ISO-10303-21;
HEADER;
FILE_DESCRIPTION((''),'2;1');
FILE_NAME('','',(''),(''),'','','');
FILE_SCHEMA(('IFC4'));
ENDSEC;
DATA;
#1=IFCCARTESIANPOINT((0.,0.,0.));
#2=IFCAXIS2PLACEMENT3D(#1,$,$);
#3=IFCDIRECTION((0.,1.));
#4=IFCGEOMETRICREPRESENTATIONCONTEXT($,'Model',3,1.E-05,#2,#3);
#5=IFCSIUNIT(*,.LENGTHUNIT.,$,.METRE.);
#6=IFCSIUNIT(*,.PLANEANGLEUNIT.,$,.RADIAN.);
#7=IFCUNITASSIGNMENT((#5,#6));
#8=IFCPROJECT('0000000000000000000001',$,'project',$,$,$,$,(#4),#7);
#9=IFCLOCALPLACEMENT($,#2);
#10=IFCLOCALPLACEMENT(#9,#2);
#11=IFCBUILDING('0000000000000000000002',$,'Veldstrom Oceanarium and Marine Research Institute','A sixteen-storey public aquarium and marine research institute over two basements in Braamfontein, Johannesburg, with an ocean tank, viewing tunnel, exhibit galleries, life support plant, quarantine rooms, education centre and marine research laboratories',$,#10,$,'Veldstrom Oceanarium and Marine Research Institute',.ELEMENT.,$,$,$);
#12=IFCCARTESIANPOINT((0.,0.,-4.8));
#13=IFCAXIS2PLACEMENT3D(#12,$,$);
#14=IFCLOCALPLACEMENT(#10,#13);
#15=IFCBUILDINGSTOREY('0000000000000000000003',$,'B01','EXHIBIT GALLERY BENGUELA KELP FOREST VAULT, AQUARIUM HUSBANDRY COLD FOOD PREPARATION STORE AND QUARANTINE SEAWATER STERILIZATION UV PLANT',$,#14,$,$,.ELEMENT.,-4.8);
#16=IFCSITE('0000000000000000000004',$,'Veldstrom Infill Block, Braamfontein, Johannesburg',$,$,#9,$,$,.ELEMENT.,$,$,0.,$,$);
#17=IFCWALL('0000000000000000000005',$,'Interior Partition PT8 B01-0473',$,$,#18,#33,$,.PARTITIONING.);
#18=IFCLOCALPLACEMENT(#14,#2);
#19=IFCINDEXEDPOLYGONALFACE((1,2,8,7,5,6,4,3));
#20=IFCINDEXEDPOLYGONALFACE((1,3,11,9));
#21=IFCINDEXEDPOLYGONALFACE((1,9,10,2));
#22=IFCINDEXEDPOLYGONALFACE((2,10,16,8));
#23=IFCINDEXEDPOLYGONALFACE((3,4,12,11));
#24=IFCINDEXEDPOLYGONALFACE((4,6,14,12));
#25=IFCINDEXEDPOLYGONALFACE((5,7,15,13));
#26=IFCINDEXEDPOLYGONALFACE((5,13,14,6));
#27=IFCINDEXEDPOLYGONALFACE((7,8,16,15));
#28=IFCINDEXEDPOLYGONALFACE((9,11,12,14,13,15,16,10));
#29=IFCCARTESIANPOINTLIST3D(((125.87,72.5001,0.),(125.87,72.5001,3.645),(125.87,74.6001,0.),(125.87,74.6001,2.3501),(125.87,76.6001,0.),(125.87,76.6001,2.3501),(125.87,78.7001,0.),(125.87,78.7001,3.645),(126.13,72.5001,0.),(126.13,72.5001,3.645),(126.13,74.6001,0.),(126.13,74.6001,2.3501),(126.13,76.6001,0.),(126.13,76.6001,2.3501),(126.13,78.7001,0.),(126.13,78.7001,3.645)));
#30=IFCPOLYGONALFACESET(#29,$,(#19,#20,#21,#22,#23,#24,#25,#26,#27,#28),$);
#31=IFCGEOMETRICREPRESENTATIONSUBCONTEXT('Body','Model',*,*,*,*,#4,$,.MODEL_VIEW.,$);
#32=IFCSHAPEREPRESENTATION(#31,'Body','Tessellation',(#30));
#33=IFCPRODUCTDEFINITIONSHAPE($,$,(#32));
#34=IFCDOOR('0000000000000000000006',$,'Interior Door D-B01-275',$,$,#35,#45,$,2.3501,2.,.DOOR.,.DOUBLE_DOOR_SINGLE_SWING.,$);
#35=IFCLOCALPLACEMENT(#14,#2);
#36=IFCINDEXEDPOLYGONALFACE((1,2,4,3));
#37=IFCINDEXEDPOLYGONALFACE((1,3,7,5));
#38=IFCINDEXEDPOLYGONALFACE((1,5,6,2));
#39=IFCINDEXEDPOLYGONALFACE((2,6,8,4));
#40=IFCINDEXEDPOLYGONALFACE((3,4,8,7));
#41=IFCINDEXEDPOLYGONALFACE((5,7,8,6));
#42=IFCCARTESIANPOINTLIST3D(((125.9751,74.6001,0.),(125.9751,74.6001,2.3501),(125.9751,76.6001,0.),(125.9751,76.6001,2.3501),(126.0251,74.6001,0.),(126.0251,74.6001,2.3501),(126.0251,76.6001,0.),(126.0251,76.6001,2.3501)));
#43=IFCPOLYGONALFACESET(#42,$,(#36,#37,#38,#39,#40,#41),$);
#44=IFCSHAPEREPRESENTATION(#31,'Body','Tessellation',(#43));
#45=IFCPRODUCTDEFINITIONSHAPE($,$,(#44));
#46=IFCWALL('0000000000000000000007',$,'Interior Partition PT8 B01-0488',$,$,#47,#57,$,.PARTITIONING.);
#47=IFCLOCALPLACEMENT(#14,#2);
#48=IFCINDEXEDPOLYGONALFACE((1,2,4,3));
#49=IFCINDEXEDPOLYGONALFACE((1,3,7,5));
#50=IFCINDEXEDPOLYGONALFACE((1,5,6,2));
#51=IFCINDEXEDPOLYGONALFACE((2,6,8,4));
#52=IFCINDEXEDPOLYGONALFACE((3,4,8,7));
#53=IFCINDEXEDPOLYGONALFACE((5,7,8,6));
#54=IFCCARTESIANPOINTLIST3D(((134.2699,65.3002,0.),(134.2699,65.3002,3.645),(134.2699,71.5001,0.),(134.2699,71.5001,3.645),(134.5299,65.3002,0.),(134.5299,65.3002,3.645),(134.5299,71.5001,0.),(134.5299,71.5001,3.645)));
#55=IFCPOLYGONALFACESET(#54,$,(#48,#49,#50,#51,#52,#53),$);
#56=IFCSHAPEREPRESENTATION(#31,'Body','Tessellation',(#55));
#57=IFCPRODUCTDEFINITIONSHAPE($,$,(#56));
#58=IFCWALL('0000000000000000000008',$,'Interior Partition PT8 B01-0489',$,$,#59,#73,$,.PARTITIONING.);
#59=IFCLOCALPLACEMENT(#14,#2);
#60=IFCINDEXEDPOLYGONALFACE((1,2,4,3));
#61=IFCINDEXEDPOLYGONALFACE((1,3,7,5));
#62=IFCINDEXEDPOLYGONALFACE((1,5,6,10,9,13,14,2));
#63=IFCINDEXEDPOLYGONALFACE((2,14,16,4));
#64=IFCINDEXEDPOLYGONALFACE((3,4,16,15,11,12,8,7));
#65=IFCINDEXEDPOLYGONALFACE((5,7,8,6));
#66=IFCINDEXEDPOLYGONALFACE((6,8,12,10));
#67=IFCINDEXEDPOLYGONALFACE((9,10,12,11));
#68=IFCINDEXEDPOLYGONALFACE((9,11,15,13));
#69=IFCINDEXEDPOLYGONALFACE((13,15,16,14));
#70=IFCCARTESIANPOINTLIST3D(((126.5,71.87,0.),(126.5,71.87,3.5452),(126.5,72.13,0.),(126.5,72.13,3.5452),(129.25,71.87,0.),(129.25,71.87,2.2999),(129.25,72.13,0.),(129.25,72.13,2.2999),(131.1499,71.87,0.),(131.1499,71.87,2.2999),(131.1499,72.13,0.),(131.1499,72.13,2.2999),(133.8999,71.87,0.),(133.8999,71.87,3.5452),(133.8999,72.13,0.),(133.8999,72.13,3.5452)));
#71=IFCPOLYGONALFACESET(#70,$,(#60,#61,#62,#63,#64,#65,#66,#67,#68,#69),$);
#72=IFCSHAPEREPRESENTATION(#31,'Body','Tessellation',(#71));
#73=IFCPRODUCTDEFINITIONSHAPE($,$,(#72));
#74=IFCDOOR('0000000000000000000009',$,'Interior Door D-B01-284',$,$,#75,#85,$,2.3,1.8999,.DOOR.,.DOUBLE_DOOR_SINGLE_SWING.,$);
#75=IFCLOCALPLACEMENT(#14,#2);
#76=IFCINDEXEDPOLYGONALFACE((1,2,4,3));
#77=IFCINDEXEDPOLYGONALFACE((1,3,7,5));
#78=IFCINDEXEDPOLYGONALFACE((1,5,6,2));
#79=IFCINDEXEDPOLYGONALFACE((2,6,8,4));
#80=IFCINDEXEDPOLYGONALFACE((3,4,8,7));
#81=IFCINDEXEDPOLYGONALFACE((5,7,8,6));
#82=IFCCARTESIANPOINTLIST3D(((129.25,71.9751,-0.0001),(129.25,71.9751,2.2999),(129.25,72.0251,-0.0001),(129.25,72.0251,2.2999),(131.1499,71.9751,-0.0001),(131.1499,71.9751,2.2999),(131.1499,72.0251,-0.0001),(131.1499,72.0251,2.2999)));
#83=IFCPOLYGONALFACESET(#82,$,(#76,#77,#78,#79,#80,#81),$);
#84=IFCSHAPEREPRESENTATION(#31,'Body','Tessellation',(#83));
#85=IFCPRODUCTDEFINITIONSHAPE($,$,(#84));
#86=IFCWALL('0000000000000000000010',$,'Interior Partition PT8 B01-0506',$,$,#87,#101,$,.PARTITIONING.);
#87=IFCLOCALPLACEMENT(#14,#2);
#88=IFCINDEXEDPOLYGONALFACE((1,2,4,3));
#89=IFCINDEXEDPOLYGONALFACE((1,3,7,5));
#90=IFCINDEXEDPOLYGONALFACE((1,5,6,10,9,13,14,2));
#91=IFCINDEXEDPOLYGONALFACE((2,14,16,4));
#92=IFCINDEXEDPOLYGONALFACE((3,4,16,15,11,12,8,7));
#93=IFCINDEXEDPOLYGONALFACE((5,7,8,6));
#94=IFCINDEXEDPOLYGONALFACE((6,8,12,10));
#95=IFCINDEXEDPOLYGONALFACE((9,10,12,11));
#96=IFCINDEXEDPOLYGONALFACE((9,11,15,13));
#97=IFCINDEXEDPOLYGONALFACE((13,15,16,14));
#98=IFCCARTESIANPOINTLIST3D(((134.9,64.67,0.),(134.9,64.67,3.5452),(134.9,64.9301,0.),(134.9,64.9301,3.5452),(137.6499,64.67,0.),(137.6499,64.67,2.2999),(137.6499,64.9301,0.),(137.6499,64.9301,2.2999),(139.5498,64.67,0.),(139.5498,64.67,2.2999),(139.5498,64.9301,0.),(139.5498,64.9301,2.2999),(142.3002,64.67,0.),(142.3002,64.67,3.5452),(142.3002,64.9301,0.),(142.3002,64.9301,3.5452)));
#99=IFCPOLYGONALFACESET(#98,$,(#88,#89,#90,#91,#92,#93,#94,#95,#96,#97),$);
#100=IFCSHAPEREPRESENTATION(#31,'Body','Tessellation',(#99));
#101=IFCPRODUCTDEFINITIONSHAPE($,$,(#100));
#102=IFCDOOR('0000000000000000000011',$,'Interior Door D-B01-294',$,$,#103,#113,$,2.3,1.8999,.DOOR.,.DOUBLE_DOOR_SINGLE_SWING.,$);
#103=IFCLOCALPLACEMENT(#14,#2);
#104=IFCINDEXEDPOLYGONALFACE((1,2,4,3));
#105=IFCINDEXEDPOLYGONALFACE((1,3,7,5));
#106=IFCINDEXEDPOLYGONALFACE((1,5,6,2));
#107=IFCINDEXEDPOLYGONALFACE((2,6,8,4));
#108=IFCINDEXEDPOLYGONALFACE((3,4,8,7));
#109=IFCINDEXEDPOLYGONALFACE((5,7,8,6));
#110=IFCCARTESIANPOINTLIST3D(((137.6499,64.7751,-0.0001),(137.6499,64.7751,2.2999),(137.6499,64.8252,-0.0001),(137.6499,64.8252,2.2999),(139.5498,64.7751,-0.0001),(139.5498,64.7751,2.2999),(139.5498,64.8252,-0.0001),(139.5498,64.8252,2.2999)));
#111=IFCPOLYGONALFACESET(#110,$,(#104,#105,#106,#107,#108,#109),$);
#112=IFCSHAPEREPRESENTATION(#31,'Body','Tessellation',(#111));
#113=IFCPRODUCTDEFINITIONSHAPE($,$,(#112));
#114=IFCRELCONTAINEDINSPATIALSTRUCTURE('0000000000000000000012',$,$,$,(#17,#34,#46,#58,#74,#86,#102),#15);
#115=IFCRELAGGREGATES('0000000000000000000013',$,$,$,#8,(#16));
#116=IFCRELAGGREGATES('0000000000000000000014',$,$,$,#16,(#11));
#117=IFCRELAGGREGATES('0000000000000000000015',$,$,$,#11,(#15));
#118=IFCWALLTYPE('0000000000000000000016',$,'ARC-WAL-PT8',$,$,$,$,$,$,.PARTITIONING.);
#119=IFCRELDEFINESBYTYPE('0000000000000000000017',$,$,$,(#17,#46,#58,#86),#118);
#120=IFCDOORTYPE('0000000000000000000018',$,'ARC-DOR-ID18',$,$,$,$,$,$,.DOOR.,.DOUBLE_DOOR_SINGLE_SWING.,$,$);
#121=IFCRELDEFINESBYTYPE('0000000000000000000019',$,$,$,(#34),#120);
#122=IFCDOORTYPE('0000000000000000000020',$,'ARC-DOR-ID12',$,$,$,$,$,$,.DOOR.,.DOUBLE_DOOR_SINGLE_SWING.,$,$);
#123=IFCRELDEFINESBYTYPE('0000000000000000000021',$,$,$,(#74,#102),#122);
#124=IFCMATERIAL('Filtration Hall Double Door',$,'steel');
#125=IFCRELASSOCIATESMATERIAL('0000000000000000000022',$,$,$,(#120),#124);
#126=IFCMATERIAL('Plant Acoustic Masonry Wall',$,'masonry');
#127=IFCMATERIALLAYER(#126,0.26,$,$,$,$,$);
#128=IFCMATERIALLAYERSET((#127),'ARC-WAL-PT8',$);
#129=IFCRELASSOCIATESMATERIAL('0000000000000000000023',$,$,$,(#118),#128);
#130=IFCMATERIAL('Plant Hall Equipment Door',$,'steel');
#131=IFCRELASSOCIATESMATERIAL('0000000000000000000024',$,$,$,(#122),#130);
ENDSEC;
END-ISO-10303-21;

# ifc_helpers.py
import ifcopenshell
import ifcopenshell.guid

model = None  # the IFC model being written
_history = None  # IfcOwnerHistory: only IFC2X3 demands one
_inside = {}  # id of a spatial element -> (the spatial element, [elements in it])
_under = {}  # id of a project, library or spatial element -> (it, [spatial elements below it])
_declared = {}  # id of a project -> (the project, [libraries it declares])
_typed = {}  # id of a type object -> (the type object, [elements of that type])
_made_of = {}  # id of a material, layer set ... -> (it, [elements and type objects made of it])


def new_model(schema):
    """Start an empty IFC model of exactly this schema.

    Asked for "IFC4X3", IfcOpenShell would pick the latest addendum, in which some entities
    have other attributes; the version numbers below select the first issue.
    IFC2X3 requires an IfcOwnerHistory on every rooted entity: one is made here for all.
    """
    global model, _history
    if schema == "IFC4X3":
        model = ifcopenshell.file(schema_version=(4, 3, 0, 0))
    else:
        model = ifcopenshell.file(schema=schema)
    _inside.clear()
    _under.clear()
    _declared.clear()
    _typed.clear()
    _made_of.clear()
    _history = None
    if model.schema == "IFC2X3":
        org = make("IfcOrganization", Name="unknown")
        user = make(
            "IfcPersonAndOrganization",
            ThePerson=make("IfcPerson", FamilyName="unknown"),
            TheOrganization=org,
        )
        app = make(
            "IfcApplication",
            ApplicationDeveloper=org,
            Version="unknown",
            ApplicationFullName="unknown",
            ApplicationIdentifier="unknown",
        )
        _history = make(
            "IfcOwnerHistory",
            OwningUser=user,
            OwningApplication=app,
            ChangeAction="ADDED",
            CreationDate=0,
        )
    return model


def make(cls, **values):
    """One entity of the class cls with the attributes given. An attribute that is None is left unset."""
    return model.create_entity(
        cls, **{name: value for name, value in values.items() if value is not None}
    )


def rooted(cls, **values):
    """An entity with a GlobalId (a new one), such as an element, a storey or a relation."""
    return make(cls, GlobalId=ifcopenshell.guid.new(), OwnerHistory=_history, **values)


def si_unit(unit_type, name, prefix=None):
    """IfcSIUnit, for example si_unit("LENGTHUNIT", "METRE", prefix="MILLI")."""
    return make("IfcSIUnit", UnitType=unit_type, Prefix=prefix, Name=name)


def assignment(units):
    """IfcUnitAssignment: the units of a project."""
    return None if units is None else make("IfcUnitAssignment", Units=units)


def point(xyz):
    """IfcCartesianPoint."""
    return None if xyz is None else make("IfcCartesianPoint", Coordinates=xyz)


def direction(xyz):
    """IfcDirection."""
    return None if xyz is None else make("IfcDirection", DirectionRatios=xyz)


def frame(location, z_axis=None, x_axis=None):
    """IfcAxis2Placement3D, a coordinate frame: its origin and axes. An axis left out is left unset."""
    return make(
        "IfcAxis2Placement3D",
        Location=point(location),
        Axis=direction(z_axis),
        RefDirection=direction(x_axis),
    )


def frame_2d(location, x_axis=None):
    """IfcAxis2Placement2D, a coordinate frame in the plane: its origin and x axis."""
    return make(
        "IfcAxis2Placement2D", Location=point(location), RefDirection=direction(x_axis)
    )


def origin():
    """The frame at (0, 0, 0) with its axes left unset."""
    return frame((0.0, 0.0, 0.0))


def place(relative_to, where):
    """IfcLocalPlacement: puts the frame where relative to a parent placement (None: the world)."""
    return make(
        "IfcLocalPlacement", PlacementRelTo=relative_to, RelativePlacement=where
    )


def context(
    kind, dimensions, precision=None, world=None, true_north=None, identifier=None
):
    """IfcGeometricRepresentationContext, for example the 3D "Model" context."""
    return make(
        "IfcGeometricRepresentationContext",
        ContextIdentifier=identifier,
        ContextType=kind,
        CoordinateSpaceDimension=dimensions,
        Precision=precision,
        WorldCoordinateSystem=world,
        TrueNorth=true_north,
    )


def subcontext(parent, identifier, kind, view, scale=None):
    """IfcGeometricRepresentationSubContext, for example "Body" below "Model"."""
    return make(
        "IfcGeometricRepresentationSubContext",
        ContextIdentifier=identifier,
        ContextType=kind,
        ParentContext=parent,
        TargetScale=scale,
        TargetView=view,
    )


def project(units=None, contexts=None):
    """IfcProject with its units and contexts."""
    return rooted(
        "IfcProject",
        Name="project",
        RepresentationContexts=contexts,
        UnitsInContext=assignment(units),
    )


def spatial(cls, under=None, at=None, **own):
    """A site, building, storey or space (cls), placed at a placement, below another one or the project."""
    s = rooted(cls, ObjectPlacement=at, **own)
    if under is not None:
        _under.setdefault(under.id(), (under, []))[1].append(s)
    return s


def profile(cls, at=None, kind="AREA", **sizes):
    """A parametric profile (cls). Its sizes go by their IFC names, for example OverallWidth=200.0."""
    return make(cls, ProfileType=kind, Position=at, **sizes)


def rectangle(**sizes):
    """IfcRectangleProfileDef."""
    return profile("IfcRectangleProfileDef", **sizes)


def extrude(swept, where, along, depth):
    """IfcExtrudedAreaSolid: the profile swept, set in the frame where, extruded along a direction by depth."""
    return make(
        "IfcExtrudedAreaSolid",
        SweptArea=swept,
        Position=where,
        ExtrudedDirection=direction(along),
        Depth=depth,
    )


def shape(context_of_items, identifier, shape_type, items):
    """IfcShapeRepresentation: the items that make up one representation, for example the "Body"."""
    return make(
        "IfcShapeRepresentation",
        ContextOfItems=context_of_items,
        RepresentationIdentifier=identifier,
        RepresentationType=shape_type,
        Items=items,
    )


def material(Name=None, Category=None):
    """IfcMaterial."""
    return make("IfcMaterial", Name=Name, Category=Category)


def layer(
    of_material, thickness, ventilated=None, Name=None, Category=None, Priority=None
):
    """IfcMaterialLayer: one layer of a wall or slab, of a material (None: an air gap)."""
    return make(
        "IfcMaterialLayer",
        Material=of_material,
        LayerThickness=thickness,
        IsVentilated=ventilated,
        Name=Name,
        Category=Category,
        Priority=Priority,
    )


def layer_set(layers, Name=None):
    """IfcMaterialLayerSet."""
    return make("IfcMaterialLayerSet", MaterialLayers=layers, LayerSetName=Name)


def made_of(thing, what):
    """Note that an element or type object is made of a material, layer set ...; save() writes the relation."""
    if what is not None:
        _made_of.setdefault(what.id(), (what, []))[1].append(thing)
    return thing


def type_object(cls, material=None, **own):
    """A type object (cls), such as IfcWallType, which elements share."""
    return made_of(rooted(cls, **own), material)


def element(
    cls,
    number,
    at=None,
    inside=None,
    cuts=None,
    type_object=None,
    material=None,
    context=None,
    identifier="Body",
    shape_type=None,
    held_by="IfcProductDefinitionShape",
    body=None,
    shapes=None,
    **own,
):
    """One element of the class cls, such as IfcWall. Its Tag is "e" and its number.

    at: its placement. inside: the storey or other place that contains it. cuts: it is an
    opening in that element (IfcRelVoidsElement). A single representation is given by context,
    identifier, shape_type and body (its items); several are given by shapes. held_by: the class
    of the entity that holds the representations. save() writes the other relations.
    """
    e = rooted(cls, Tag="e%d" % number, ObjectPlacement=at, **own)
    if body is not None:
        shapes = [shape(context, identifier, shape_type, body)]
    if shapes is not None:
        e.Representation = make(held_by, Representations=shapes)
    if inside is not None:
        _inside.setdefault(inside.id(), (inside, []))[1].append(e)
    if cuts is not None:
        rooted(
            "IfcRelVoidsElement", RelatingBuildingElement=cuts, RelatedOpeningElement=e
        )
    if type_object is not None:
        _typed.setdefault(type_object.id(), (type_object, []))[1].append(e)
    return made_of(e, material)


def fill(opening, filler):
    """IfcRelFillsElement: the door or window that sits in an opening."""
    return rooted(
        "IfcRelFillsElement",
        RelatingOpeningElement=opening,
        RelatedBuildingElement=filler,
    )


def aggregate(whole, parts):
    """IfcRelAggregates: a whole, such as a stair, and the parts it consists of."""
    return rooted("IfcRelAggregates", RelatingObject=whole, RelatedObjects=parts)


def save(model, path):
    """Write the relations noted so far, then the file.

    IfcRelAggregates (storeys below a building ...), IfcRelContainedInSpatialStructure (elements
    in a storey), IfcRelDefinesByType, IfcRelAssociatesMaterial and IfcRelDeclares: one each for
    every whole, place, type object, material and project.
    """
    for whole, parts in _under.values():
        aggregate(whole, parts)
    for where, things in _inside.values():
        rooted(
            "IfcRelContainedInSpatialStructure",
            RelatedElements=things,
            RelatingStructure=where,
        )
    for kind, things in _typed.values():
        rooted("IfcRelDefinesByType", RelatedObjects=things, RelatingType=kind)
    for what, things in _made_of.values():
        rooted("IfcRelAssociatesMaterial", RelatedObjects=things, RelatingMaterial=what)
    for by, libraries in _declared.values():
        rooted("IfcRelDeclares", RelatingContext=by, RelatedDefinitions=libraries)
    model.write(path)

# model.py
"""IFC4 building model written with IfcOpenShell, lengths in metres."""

from ifc_helpers import new_model, si_unit, direction, frame, frame_2d, origin, place, context, subcontext, project, spatial, rectangle, extrude, material, layer, layer_set, type_object, element, fill, save


model = new_model("IFC4")

# Units and contexts
model_context = context("Model", 3, precision=1e-05, world=origin(), true_north=direction((0.0, 1.0)))
body_context = subcontext(model_context, "Body", "Model", "MODEL_VIEW")
ifc_project = project(units=[si_unit("LENGTHUNIT", "METRE"), si_unit("PLANEANGLEUNIT", "RADIAN")], contexts=[model_context])

# Site, building, storey
site_placement = place(None, origin())
site = spatial("IfcSite", under=ifc_project, at=site_placement, Name="Veldstrom Infill Block, Braamfontein, Johannesburg", CompositionType="ELEMENT", RefElevation=0.0)
building_placement = place(site_placement, origin())
building = spatial("IfcBuilding", under=site, at=building_placement, Name="Veldstrom Oceanarium and Marine Research Institute", Description="A sixteen-storey public aquarium and marine research institute over two basements in Braamfontein, Johannesburg, with an ocean tank, viewing tunnel, exhibit galleries, life support plant, quarantine rooms, education centre and marine research laboratories", LongName="Veldstrom Oceanarium and Marine Research Institute", CompositionType="ELEMENT")
storey_placement = place(building_placement, frame((0.0, 0.0, -4.8)))
storey = spatial("IfcBuildingStorey", under=building, at=storey_placement, Name="B01", Description="EXHIBIT GALLERY BENGUELA KELP FOREST VAULT, AQUARIUM HUSBANDRY COLD FOOD PREPARATION STORE AND QUARANTINE SEAWATER STERILIZATION UV PLANT", CompositionType="ELEMENT", Elevation=-4.8)

# Wall, opening, door
ifc_material_1 = material(Name="Filtration Hall Double Door", Category="steel")
door_type_1 = type_object("IfcDoorType", Name="ARC-DOR-ID18", OperationType="DOUBLE_DOOR_SINGLE_SWING", PredefinedType="DOOR", material=ifc_material_1)
ifc_material_2 = material(Name="Plant Acoustic Masonry Wall", Category="masonry")
ifc_layer_1 = layer(ifc_material_2, 0.26)
ifc_layer_set_1 = layer_set([ifc_layer_1], Name="ARC-WAL-PT8")
wall_type_1 = type_object("IfcWallType", Name="ARC-WAL-PT8", PredefinedType="PARTITIONING", material=ifc_layer_set_1)
wall_1_placement = place(storey_placement, frame((126.0, 72.5, 0.0), z_axis=(0.0, 0.0, 1.0), x_axis=(0.0, 1.0, 0.0)))
wall_1 = element("IfcWall", 1, at=wall_1_placement, inside=storey, type_object=wall_type_1, Name="Interior Partition PT8 B01-0473", PredefinedType="PARTITIONING", context=body_context, shape_type="SweptSolid", body=[
    extrude(rectangle(XDim=6.2, YDim=0.26, at=frame_2d((3.1001, 0.0))), origin(), (0.0, 0.0, 1.0), 3.645),
])
opening_1_placement = place(wall_1_placement, frame((2.1001, 0.0, 0.0)))
opening_1 = element("IfcOpeningElement", 2, at=opening_1_placement, cuts=wall_1, PredefinedType="OPENING", context=body_context, shape_type="SweptSolid", body=[
    extrude(rectangle(XDim=2.0, YDim=2.3501, at=frame_2d((1.0, 1.175))), frame((0.0, 0.1399, 0.0), z_axis=(0.0, -1.0, 0.0), x_axis=(1.0, 0.0, 0.0)), (0.0, 0.0, 1.0), 0.28),
])
door_1_placement = place(opening_1_placement, origin())
door_1 = element("IfcDoor", 3, at=door_1_placement, inside=storey, type_object=door_type_1, Name="Interior Door D-B01-275", OperationType="DOUBLE_DOOR_SINGLE_SWING", OverallHeight=2.3501, OverallWidth=2.0, PredefinedType="DOOR", context=body_context, shape_type="SweptSolid", body=[
    extrude(rectangle(XDim=2.0, YDim=2.3501, at=frame_2d((1.0, 1.175))), frame((0.0, 0.0249, 0.0), z_axis=(0.0, -1.0, 0.0), x_axis=(1.0, 0.0, 0.0)), (0.0, 0.0, 1.0), 0.05),
])
fill(opening_1, door_1)

# Wall
wall_2_placement = place(storey_placement, frame((134.3999, 65.3, 0.0), z_axis=(0.0, 0.0, 1.0), x_axis=(0.0, 1.0, 0.0)))
element("IfcWall", 4, at=wall_2_placement, inside=storey, type_object=wall_type_1, Name="Interior Partition PT8 B01-0488", PredefinedType="PARTITIONING", context=body_context, shape_type="SweptSolid", body=[
    extrude(rectangle(XDim=6.2, YDim=0.26, at=frame_2d((3.1001, 0.0))), origin(), (0.0, 0.0, 1.0), 3.645),
])

# Walls, openings, doors
wall_3_placement = place(storey_placement, frame((126.5, 72.0, 0.0), z_axis=(0.0, 0.0, 1.0), x_axis=(1.0, 0.0, 0.0)))
wall_3 = element("IfcWall", 5, at=wall_3_placement, inside=storey, type_object=wall_type_1, Name="Interior Partition PT8 B01-0489", PredefinedType="PARTITIONING", context=body_context, shape_type="SweptSolid", body=[
    extrude(rectangle(XDim=7.3999, YDim=0.26, at=frame_2d((3.7, 0.0))), origin(), (0.0, 0.0, 1.0), 3.5452),
])
opening_2_placement = place(wall_3_placement, frame((2.75, 0.0, 0.0)))
opening_2 = element("IfcOpeningElement", 6, at=opening_2_placement, cuts=wall_3, PredefinedType="OPENING", context=body_context, shape_type="SweptSolid", body=[
    extrude(rectangle(XDim=1.8999, YDim=2.3, at=frame_2d((0.95, 1.1499))), frame((0.0, 0.1399, 0.0), z_axis=(0.0, -1.0, 0.0), x_axis=(1.0, 0.0, 0.0)), (0.0, 0.0, 1.0), 0.28),
])
ifc_material_3 = material(Name="Plant Hall Equipment Door", Category="steel")
door_type_2 = type_object("IfcDoorType", Name="ARC-DOR-ID12", OperationType="DOUBLE_DOOR_SINGLE_SWING", PredefinedType="DOOR", material=ifc_material_3)
door_2_placement = place(opening_2_placement, frame((1.8999, 0.0, 0.0), z_axis=(0.0, 0.0, 1.0), x_axis=(-1.0, 0.0, 0.0)))
door_2 = element("IfcDoor", 7, at=door_2_placement, inside=storey, type_object=door_type_2, Name="Interior Door D-B01-284", OperationType="DOUBLE_DOOR_SINGLE_SWING", OverallHeight=2.3, OverallWidth=1.8999, PredefinedType="DOOR", context=body_context, shape_type="SweptSolid", body=[
    extrude(rectangle(XDim=1.8999, YDim=2.3, at=frame_2d((0.95, 1.1499))), frame((0.0, 0.0249, 0.0), z_axis=(0.0, -1.0, 0.0), x_axis=(1.0, 0.0, 0.0)), (0.0, 0.0, 1.0), 0.05),
])
fill(opening_2, door_2)
wall_4_placement = place(storey_placement, frame((134.8999, 64.8, 0.0), z_axis=(0.0, 0.0, 1.0), x_axis=(1.0, 0.0, 0.0)))
wall_4 = element("IfcWall", 8, at=wall_4_placement, inside=storey, type_object=wall_type_1, Name="Interior Partition PT8 B01-0506", PredefinedType="PARTITIONING", context=body_context, shape_type="SweptSolid", body=[
    extrude(rectangle(XDim=7.4001, YDim=0.26, at=frame_2d((3.7002, 0.0))), origin(), (0.0, 0.0, 1.0), 3.5452),
])
opening_3_placement = place(wall_4_placement, frame((2.75, 0.0, 0.0)))
opening_3 = element("IfcOpeningElement", 9, at=opening_3_placement, cuts=wall_4, PredefinedType="OPENING", context=body_context, shape_type="SweptSolid", body=[
    extrude(rectangle(XDim=1.8999, YDim=2.3, at=frame_2d((0.95, 1.1499))), frame((0.0, 0.1399, 0.0), z_axis=(0.0, -1.0, 0.0), x_axis=(1.0, 0.0, 0.0)), (0.0, 0.0, 1.0), 0.28),
])
door_3_placement = place(opening_3_placement, frame((1.8999, 0.0, 0.0), z_axis=(0.0, 0.0, 1.0), x_axis=(-1.0, 0.0, 0.0)))
door_3 = element("IfcDoor", 10, at=door_3_placement, inside=storey, type_object=door_type_2, Name="Interior Door D-B01-294", OperationType="DOUBLE_DOOR_SINGLE_SWING", OverallHeight=2.3, OverallWidth=1.8999, PredefinedType="DOOR", context=body_context, shape_type="SweptSolid", body=[
    extrude(rectangle(XDim=1.8999, YDim=2.3, at=frame_2d((0.95, 1.1499))), frame((0.0, 0.0249, 0.0), z_axis=(0.0, -1.0, 0.0), x_axis=(1.0, 0.0, 0.0)), (0.0, 0.0, 1.0), 0.05),
])
fill(opening_3, door_3)

save(model, "model.ifc")
